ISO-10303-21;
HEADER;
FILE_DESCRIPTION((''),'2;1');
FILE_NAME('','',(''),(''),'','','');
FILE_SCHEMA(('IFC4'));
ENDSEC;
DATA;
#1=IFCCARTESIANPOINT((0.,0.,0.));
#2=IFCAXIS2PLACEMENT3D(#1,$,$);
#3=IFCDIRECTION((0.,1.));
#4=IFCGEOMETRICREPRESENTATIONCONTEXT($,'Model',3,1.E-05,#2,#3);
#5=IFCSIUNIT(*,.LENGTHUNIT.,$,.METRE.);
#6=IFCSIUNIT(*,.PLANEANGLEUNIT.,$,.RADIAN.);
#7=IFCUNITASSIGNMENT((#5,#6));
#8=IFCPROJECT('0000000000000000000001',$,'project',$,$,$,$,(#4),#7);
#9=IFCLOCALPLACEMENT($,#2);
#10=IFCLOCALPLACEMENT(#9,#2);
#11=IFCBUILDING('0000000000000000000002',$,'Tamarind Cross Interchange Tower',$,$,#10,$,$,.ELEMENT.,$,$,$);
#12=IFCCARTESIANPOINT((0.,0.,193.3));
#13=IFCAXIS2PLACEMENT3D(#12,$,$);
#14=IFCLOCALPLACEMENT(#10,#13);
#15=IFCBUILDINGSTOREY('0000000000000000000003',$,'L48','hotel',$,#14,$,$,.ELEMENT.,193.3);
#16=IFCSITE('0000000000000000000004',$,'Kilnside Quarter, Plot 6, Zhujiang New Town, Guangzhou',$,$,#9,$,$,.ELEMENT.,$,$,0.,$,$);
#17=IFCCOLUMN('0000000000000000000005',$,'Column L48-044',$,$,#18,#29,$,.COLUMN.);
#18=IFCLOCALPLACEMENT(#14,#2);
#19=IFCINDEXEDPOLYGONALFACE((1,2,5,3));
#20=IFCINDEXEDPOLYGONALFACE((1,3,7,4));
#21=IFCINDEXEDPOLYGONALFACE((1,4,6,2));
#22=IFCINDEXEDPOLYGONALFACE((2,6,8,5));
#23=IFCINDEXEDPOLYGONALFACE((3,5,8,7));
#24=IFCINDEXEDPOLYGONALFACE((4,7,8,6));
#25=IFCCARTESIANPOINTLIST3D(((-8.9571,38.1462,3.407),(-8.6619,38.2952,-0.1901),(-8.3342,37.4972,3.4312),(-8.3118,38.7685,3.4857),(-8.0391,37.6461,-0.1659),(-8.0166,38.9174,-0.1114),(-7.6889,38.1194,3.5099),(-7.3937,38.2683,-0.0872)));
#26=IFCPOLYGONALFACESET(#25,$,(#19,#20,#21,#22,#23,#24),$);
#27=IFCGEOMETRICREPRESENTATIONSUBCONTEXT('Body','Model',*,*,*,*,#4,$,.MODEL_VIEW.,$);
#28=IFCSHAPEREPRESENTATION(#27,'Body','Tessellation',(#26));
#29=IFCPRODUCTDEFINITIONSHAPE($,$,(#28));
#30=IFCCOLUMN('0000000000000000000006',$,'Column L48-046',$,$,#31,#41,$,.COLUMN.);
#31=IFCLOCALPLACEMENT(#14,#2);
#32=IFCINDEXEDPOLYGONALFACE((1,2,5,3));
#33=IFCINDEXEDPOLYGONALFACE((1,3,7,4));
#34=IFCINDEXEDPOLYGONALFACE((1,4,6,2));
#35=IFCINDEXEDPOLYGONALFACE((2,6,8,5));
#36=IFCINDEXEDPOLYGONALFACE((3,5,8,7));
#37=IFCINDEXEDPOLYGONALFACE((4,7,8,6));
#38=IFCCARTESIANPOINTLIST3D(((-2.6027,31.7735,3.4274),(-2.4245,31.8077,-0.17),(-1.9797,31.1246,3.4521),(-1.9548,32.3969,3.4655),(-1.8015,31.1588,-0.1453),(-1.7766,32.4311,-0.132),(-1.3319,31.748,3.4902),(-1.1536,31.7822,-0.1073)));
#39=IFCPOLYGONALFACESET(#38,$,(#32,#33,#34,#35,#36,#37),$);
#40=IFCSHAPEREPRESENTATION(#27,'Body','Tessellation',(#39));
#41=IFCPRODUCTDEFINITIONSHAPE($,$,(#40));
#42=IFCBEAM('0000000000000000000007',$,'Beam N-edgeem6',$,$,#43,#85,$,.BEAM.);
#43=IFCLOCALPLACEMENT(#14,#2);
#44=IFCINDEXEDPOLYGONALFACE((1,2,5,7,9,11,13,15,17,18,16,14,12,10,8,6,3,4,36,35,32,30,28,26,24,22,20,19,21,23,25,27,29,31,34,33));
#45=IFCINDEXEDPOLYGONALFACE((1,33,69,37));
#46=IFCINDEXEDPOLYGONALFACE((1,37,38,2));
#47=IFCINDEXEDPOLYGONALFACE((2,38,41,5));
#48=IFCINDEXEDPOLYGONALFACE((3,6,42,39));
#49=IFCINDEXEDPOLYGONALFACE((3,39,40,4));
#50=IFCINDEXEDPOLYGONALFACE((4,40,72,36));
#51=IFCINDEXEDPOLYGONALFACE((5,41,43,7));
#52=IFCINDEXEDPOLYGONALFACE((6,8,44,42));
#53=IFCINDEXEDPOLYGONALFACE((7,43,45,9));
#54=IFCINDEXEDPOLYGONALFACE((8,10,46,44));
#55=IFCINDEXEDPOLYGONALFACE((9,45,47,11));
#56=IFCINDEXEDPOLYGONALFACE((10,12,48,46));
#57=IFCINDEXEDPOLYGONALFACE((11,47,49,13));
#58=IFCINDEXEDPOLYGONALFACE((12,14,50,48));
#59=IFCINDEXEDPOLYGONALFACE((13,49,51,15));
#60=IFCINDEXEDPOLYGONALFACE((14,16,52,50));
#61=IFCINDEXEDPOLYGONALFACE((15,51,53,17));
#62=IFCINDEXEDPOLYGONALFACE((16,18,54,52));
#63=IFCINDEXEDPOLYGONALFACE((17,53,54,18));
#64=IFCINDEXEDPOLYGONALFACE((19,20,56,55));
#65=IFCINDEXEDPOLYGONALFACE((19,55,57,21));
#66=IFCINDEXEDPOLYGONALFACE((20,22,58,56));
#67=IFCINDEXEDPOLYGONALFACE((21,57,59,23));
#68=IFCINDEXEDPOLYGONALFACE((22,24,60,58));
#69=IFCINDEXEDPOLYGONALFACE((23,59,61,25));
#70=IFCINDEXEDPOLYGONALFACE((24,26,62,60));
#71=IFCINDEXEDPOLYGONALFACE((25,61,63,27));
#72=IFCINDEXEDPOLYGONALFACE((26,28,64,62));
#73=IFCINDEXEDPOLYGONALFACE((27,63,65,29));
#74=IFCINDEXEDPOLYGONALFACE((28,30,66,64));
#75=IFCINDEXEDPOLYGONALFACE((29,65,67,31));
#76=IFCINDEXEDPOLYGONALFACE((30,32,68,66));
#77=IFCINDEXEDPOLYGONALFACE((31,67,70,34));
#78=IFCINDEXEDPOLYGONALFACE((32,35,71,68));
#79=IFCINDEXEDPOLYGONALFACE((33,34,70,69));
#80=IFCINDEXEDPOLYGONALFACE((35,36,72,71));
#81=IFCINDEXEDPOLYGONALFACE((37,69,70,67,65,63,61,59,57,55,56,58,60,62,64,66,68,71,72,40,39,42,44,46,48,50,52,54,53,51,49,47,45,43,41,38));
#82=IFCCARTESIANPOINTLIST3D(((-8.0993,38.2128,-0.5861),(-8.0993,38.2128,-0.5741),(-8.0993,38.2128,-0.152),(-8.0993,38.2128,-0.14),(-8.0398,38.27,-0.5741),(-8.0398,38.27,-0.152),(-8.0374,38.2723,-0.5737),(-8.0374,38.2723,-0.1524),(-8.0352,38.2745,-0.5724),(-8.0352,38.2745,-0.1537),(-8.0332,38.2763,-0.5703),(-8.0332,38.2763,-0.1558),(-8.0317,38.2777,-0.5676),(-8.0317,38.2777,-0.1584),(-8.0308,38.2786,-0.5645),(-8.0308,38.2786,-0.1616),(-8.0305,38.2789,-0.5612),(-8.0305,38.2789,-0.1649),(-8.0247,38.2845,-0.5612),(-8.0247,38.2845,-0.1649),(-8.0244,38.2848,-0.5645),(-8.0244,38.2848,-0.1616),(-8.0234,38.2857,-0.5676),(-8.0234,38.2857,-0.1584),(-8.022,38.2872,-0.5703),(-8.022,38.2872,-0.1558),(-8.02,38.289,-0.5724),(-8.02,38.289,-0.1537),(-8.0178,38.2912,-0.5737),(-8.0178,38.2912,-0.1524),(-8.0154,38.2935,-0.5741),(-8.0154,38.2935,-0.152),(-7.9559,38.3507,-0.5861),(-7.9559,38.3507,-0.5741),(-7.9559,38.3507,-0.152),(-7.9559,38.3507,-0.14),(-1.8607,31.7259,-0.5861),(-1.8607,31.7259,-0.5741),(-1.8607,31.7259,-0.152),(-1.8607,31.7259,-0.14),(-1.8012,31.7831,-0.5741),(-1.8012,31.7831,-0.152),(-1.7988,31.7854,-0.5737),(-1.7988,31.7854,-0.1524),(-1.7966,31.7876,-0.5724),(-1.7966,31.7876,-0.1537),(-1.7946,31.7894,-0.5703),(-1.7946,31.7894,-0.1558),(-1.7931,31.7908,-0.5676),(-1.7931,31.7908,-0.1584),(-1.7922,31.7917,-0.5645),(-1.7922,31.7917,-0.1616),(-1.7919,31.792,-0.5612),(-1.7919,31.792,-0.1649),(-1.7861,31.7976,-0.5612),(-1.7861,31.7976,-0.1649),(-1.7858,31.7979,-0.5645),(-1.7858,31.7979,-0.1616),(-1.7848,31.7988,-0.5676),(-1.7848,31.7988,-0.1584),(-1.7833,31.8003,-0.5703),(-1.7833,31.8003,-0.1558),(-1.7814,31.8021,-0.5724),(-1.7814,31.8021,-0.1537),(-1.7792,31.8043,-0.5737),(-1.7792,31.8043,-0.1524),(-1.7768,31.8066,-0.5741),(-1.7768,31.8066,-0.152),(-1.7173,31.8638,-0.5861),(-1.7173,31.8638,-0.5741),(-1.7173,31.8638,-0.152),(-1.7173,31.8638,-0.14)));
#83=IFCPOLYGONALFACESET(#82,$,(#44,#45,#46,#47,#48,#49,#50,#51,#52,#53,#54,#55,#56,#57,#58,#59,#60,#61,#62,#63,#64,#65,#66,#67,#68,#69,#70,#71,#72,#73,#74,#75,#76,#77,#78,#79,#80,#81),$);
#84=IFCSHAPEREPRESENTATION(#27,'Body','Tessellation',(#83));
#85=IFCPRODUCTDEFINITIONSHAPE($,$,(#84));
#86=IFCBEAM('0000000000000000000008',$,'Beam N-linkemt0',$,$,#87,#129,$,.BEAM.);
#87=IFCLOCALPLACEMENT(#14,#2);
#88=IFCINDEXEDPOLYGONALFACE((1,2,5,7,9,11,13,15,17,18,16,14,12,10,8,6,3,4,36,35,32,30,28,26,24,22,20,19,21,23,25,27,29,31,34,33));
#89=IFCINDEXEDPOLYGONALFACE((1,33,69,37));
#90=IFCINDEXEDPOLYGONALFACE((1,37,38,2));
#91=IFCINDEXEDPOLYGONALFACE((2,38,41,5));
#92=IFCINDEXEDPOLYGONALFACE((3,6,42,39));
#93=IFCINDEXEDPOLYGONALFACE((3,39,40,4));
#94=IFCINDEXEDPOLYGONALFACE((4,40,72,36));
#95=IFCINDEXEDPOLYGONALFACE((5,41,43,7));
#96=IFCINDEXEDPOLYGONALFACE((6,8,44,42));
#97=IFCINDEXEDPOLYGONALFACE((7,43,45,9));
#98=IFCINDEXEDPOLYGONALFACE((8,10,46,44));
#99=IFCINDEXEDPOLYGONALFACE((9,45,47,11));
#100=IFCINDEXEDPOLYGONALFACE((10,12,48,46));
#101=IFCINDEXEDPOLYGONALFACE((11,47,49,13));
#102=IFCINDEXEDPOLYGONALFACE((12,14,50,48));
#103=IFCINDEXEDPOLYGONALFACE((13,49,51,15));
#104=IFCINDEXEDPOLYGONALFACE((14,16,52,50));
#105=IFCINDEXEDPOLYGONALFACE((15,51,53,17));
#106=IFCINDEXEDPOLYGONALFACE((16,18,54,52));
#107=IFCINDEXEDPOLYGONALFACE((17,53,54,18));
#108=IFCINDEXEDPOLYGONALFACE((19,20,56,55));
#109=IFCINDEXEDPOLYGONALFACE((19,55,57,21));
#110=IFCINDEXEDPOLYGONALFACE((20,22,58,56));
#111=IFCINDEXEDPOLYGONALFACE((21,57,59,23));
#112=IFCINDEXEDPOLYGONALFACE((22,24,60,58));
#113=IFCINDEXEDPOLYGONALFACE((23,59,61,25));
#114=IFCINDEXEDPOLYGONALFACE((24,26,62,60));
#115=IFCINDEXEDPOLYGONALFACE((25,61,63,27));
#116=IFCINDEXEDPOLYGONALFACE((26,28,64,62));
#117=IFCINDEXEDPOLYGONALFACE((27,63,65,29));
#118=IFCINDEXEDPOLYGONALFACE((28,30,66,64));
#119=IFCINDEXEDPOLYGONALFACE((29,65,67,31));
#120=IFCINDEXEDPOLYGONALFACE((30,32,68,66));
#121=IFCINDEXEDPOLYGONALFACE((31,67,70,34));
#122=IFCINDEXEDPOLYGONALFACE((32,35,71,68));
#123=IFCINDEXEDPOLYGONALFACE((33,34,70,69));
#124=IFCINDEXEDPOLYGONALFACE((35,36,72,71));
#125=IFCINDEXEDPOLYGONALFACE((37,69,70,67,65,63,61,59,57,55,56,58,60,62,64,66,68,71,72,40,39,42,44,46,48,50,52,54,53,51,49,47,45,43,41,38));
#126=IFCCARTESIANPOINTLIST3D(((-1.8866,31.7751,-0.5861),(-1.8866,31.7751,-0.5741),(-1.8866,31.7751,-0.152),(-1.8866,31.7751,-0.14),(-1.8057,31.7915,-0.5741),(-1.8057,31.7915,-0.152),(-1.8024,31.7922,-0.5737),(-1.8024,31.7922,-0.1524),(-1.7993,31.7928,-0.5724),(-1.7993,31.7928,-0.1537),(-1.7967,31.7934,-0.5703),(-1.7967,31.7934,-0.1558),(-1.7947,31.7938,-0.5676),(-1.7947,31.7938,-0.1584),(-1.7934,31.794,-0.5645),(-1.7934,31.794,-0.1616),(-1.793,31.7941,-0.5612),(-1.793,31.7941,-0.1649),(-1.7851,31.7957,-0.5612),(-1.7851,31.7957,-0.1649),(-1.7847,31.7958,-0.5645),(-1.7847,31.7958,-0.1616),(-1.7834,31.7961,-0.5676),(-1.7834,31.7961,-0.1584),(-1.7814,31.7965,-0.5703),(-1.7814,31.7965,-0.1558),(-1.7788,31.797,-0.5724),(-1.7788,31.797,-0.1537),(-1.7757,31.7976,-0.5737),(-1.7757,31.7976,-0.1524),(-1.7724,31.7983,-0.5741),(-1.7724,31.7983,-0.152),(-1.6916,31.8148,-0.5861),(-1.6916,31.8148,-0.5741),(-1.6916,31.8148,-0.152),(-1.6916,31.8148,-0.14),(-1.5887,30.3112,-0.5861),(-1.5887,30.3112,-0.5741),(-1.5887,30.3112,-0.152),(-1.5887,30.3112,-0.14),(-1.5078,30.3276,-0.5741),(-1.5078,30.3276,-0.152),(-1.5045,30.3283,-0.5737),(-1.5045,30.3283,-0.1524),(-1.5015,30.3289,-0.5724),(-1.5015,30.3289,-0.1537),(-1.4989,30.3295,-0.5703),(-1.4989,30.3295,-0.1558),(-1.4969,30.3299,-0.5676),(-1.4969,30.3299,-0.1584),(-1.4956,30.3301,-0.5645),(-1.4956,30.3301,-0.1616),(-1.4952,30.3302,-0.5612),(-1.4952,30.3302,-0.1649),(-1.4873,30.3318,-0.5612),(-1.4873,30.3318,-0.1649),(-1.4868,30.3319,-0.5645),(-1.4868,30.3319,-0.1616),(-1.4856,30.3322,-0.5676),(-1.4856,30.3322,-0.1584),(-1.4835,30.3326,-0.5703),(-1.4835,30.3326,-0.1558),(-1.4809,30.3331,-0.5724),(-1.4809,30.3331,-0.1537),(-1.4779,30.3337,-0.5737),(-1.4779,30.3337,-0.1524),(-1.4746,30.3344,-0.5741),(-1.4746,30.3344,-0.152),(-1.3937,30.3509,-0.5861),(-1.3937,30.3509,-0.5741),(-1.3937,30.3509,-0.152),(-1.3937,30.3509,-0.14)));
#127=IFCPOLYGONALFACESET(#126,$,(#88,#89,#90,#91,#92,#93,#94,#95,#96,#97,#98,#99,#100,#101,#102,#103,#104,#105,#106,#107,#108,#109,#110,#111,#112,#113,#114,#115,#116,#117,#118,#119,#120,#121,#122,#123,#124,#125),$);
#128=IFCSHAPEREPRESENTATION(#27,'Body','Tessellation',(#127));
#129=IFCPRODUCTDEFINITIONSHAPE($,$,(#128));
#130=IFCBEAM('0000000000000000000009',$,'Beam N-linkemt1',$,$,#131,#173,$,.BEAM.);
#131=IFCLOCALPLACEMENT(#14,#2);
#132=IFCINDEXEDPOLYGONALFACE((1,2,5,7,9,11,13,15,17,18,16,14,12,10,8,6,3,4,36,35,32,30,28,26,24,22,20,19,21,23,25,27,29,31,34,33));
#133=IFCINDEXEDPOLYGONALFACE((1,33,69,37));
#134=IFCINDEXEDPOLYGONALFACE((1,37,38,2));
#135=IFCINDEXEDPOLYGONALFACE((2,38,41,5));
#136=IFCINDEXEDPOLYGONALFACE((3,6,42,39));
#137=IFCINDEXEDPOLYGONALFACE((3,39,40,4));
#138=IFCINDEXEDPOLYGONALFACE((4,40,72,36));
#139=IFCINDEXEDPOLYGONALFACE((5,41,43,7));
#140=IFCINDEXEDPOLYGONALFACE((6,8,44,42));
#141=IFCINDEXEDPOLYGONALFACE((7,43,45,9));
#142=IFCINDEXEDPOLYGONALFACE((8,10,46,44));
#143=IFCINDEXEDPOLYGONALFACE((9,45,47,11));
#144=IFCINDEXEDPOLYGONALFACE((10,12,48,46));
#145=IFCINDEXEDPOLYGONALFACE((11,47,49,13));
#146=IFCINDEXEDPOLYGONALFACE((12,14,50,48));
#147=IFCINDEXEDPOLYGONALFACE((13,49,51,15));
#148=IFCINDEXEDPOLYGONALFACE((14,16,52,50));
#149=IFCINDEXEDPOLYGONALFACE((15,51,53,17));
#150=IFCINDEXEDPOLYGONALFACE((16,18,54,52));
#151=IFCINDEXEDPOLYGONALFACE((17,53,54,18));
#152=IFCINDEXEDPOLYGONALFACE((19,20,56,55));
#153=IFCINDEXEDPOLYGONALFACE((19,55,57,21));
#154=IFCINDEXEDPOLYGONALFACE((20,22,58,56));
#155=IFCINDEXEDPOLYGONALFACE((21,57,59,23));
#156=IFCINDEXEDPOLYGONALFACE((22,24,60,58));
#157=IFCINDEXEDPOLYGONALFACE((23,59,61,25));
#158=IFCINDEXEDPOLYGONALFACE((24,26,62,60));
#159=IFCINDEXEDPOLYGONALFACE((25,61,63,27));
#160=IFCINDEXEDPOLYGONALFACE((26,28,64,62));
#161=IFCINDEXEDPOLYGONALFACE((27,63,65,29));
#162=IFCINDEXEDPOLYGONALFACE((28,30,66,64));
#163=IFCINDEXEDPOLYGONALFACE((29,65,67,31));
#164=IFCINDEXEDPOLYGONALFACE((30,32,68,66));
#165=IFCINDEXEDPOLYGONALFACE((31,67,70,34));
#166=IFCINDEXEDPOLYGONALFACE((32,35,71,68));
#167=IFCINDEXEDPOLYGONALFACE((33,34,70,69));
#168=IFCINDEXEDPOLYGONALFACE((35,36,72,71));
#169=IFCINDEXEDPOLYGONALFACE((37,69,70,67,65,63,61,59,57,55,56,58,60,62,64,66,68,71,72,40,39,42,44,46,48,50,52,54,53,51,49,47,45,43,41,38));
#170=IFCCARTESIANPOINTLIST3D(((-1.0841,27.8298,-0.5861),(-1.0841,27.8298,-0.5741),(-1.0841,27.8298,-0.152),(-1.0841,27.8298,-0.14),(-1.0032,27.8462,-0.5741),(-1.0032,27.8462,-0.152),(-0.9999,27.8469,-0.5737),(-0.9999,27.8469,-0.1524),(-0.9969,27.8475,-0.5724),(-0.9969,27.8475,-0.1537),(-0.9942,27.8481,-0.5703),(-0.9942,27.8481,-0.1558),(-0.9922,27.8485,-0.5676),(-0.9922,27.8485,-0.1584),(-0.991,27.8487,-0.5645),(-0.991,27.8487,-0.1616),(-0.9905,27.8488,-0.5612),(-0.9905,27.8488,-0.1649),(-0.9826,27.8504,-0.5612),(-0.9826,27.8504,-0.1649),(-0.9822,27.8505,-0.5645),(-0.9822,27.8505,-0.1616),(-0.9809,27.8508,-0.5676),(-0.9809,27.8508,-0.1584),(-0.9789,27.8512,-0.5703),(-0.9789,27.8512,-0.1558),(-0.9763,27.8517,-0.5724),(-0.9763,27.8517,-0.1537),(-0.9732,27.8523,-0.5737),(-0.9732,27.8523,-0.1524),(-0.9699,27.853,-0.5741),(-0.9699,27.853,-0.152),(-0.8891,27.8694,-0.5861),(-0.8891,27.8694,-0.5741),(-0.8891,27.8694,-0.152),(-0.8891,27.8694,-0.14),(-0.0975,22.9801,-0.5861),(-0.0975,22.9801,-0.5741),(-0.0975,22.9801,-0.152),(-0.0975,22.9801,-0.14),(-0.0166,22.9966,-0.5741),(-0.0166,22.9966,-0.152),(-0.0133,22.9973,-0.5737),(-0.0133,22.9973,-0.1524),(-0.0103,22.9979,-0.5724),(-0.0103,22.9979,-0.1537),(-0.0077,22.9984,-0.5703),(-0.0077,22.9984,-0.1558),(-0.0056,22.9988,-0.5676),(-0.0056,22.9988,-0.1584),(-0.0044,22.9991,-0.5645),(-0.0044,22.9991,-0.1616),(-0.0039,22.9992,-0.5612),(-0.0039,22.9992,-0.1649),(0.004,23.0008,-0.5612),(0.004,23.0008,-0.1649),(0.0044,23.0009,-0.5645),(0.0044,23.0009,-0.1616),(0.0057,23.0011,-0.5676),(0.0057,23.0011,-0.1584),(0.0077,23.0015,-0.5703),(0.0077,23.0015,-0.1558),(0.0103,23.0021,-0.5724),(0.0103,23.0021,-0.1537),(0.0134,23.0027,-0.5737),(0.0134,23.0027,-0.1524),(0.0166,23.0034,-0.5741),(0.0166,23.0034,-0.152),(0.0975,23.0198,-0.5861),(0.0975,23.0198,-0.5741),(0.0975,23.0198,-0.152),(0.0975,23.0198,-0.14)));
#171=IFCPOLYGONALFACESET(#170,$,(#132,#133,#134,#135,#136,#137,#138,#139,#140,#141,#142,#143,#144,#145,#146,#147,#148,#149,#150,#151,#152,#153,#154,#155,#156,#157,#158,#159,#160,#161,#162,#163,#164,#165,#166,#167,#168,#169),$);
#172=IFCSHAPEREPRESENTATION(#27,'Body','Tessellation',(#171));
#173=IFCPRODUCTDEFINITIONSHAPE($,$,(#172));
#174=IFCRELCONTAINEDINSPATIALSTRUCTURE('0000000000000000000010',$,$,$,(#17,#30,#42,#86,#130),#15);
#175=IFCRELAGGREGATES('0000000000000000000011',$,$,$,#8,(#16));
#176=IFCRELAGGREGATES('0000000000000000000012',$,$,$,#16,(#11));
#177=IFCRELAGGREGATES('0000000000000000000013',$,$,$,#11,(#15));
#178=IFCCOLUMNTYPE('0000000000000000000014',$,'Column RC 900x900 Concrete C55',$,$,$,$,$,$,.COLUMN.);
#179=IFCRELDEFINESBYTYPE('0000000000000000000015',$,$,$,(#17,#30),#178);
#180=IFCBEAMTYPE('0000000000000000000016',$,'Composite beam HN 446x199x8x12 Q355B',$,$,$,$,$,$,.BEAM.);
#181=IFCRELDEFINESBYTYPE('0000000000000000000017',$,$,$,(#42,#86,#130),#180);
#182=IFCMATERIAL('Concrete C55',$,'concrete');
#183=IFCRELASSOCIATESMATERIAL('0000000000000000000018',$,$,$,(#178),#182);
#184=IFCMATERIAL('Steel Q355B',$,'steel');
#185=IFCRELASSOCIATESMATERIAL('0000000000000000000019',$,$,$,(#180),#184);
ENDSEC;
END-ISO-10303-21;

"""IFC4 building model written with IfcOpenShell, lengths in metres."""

from ifc_helpers import new_model, si_unit, direction, frame, origin, origin_2d, place, context, subcontext, project, spatial, rectangle, i_section, extrude, material, material_profile, profile_set, type_object, element, save


model = new_model("IFC4")

# Units and contexts
model_context = context("Model", 3, precision=1e-05, world=origin(), true_north=direction((0.0, 1.0)))
body_context = subcontext(model_context, "Body", "Model", "MODEL_VIEW")
ifc_project = project(units=[si_unit("LENGTHUNIT", "METRE"), si_unit("PLANEANGLEUNIT", "RADIAN")], contexts=[model_context])

# Site, building, storey
site_placement = place(None, origin())
site = spatial("IfcSite", under=ifc_project, at=site_placement, Name="Kilnside Quarter, Plot 6, Zhujiang New Town, Guangzhou", CompositionType="ELEMENT", RefElevation=0.0)
building_placement = place(site_placement, origin())
building = spatial("IfcBuilding", under=site, at=building_placement, Name="Tamarind Cross Interchange Tower", CompositionType="ELEMENT")
storey_placement = place(building_placement, frame((0.0, 0.0, 193.3)))
storey = spatial("IfcBuildingStorey", under=building, at=storey_placement, Name="L48", Description="hotel", CompositionType="ELEMENT", Elevation=193.3)

# Columns
ifc_material_1 = material(Name="Concrete C55", Category="concrete")
ifc_material_profile_1 = material_profile(ifc_material_1, rectangle(XDim=0.8999, YDim=0.8999, at=origin_2d()), Name="RC 900x900")
ifc_profile_set_1 = profile_set([ifc_material_profile_1], Name="Concrete C55")
column_type = type_object("IfcColumnType", Name="Column RC 900x900 Concrete C55", PredefinedType="COLUMN", material=ifc_profile_set_1)
column_1_placement = place(storey_placement, frame((-8.0278, 38.2817, -0.1387), z_axis=(-0.081711, -0.041227, 0.995803), x_axis=(0.692139, -0.721262, 0.026933)))
element("IfcColumn", 1, at=column_1_placement, inside=storey, type_object=column_type, Name="Column L48-044", PredefinedType="COLUMN", context=body_context, shape_type="SweptSolid", body=[
    extrude(rectangle(XDim=0.8999, YDim=0.8999, at=origin_2d()), origin(), (0.0, 0.0, 1.0), 3.6123),
])
column_2_placement = place(storey_placement, frame((-1.7891, 31.7949, -0.1387), z_axis=(-0.049479, -0.009489, 0.99873), x_axis=(0.692276, -0.721111, 0.027445)))
element("IfcColumn", 2, at=column_2_placement, inside=storey, type_object=column_type, Name="Column L48-046", PredefinedType="COLUMN", context=body_context, shape_type="SweptSolid", body=[
    extrude(rectangle(XDim=0.8999, YDim=0.8999, at=origin_2d()), origin(), (0.0, 0.0, 1.0), 3.6021),
])

# Beams
ifc_material_2 = material(Name="Steel Q355B", Category="steel")
ifc_material_profile_2 = material_profile(ifc_material_2, i_section(OverallWidth=0.199, OverallDepth=0.446, WebThickness=0.0081, FlangeThickness=0.012, FilletRadius=0.0129, at=origin_2d()), Name="HN 446x199x8x12")
ifc_profile_set_2 = profile_set([ifc_material_profile_2], Name="Steel Q355B")
beam_type_1 = type_object("IfcBeamType", Name="Composite beam HN 446x199x8x12 Q355B", PredefinedType="BEAM", material=ifc_profile_set_2)
beam_1_placement = place(storey_placement, frame((-8.0276, 38.2817, -0.363), z_axis=(0.693178, -0.720766, 0.0), x_axis=(0.720766, 0.693178, 0.0)))
element("IfcBeam", 3, at=beam_1_placement, inside=storey, type_object=beam_type_1, Name="Beam N-edgeem6", PredefinedType="BEAM", context=body_context, shape_type="SweptSolid", body=[
    extrude(i_section(OverallWidth=0.199, OverallDepth=0.446, WebThickness=0.0081, FlangeThickness=0.012, FilletRadius=0.0129, at=origin_2d()), origin(), (0.0, 0.0, 1.0), 9.0),
])
beam_2_placement = place(storey_placement, frame((-1.7891, 31.7949, -0.363), z_axis=(0.199384, -0.979922, 0.0), x_axis=(0.979922, 0.199384, 0.0)))
element("IfcBeam", 4, at=beam_2_placement, inside=storey, type_object=beam_type_1, Name="Beam N-linkemt0", PredefinedType="BEAM", context=body_context, shape_type="SweptSolid", body=[
    extrude(i_section(OverallWidth=0.199, OverallDepth=0.446, WebThickness=0.0081, FlangeThickness=0.012, FilletRadius=0.0129, at=origin_2d()), origin(), (0.0, 0.0, 1.0), 1.4939),
])
beam_3_placement = place(storey_placement, frame((-0.9866, 27.8496, -0.363), z_axis=(0.19935, -0.979928, 0.0), x_axis=(0.979928, 0.19935, 0.0)))
element("IfcBeam", 5, at=beam_3_placement, inside=storey, type_object=beam_type_1, Name="Beam N-linkemt1", PredefinedType="BEAM", context=body_context, shape_type="SweptSolid", body=[
    extrude(i_section(OverallWidth=0.199, OverallDepth=0.446, WebThickness=0.0081, FlangeThickness=0.012, FilletRadius=0.0129, at=origin_2d()), origin(), (0.0, 0.0, 1.0), 4.949),
])

save(model, "model.ifc")
